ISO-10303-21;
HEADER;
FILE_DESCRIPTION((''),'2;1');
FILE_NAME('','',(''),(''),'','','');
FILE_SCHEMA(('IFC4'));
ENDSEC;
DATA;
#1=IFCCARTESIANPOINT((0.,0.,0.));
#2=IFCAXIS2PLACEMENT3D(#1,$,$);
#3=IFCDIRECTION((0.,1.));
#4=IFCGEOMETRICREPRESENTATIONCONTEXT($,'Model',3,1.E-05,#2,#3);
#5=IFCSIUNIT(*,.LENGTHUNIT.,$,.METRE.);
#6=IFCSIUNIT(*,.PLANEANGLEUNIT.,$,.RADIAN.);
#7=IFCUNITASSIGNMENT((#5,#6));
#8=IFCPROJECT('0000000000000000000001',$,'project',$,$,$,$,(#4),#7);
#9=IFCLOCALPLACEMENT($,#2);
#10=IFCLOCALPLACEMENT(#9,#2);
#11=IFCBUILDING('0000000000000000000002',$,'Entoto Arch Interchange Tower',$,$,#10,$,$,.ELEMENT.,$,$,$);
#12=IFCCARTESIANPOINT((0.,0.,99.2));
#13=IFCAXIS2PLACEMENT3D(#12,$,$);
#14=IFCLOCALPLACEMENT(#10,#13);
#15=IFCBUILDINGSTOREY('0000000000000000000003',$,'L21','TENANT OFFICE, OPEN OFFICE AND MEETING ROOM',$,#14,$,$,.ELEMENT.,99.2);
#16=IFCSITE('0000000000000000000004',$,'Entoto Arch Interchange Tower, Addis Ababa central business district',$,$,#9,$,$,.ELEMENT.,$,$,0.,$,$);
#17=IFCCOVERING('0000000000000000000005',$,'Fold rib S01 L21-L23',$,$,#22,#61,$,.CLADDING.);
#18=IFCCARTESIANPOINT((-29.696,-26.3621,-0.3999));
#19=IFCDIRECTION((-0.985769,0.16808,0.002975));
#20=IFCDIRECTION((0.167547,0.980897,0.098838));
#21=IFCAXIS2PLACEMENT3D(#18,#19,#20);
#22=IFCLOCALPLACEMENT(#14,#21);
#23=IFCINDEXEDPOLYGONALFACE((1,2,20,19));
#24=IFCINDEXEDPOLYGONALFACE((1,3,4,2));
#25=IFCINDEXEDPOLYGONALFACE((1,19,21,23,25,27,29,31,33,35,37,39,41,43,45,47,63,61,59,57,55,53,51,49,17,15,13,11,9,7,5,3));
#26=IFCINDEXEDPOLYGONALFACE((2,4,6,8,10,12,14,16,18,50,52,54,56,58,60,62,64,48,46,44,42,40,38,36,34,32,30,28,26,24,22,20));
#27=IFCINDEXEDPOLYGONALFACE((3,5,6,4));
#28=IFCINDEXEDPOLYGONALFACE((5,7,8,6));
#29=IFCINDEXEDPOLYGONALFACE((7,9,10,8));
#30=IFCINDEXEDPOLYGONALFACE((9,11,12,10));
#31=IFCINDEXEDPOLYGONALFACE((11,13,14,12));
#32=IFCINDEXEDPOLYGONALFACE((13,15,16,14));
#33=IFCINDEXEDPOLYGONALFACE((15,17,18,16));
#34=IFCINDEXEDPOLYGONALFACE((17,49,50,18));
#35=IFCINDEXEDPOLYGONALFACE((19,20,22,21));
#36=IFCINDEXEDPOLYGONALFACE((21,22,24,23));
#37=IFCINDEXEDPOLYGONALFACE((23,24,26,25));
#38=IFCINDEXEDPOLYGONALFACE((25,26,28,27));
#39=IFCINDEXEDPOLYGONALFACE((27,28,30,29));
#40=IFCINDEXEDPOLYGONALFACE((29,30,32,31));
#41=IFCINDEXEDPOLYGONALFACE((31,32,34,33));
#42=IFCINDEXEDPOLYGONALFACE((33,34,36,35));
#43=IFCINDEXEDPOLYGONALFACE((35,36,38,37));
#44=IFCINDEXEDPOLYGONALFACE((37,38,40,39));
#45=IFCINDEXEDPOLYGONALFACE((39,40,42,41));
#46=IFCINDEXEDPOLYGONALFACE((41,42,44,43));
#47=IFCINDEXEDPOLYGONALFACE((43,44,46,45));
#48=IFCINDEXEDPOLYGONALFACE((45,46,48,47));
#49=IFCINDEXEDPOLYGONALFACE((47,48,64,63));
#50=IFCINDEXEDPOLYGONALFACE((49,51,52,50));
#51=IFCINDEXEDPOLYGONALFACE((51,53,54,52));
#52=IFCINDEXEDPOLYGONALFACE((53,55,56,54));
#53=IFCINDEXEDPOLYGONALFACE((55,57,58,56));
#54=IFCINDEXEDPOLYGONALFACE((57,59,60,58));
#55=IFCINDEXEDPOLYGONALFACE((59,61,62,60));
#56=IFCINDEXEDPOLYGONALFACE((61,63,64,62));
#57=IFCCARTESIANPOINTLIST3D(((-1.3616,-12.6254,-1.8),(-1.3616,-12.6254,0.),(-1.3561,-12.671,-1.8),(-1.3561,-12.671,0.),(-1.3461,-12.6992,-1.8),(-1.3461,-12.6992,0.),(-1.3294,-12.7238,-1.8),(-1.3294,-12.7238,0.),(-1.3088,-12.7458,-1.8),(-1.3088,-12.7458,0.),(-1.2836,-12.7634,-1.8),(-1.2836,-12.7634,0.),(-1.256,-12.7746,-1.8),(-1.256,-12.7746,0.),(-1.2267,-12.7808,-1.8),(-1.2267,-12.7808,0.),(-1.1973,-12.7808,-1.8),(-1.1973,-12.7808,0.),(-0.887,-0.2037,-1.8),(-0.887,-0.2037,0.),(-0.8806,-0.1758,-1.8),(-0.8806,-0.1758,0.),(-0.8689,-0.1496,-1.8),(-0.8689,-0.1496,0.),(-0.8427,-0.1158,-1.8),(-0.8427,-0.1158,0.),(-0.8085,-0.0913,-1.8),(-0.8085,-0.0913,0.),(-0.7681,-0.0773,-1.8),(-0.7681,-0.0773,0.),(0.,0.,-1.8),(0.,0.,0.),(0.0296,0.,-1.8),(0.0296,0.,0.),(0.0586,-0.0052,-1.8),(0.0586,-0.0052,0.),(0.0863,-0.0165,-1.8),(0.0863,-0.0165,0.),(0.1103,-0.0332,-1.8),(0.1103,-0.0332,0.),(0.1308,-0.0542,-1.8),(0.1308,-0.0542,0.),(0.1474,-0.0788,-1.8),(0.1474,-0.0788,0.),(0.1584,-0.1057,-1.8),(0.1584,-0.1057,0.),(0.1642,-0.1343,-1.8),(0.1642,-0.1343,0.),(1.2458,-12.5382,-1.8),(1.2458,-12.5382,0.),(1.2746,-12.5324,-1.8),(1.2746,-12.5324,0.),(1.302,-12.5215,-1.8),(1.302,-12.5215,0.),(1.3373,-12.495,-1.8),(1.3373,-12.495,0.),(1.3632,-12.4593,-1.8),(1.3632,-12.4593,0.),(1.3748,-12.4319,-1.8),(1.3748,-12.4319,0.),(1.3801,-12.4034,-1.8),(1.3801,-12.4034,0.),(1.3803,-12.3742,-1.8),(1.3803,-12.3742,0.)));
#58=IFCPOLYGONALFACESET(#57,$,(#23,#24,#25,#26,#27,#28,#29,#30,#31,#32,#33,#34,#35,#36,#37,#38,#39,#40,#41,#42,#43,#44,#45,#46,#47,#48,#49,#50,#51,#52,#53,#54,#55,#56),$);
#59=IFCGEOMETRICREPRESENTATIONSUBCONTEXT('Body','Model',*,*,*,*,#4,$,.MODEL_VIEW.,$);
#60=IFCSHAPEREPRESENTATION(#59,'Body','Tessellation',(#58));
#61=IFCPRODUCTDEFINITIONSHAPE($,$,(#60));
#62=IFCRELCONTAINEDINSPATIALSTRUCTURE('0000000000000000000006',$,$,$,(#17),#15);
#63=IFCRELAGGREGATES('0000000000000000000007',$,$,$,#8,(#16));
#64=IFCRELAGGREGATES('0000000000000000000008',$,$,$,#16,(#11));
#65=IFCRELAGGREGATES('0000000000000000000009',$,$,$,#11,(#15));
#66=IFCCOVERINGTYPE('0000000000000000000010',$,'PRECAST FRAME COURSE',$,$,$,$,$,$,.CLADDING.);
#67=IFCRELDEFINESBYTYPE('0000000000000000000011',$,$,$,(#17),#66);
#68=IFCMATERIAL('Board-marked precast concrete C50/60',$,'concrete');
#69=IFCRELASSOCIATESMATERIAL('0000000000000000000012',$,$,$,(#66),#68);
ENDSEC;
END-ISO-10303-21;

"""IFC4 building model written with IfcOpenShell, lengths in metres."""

from ifc_helpers import new_model, si_unit, direction, frame, origin, place, context, subcontext, project, spatial, polyline, outline, extrude, material, type_object, element, save


model = new_model("IFC4")

# Units and contexts
model_context = context("Model", 3, precision=1e-05, world=origin(), true_north=direction((0.0, 1.0)))
body_context = subcontext(model_context, "Body", "Model", "MODEL_VIEW")
ifc_project = project(units=[si_unit("LENGTHUNIT", "METRE"), si_unit("PLANEANGLEUNIT", "RADIAN")], contexts=[model_context])

# Site, building, storey
site_placement = place(None, origin())
site = spatial("IfcSite", under=ifc_project, at=site_placement, Name="Entoto Arch Interchange Tower, Addis Ababa central business district", CompositionType="ELEMENT", RefElevation=0.0)
building_placement = place(site_placement, origin())
building = spatial("IfcBuilding", under=site, at=building_placement, Name="Entoto Arch Interchange Tower", CompositionType="ELEMENT")
storey_placement = place(building_placement, frame((0.0, 0.0, 99.2)))
storey = spatial("IfcBuildingStorey", under=building, at=storey_placement, Name="L21", Description="TENANT OFFICE, OPEN OFFICE AND MEETING ROOM", CompositionType="ELEMENT", Elevation=99.2)

# Covering
ifc_material_1 = material(Name="Board-marked precast concrete C50/60", Category="concrete")
covering_type = type_object("IfcCoveringType", Name="PRECAST FRAME COURSE", PredefinedType="CLADDING", material=ifc_material_1)
covering_1_placement = place(storey_placement, frame((-29.696, -26.3621, -0.3999), z_axis=(-0.985769, 0.16808, 0.002975), x_axis=(0.167547, 0.980897, 0.098838)))
element("IfcCovering", 1, at=covering_1_placement, inside=storey, type_object=covering_type, Name="Fold rib S01 L21-L23", PredefinedType="CLADDING", context=body_context, shape_type="SweptSolid", body=[
    extrude(outline(polyline([(0.0, 0.0), (0.0296, 0.0), (0.0586, -0.0052), (0.0863, -0.0165), (0.1103, -0.0332), (0.1308, -0.0542), (0.1474, -0.0788), (0.1584, -0.1057), (0.1642, -0.1343), (1.3803, -12.3742), (1.3801, -12.4034), (1.3748, -12.4319), (1.3632, -12.4593), (1.3373, -12.495), (1.302, -12.5215), (1.2746, -12.5324), (1.2458, -12.5382), (-1.1973, -12.7808), (-1.2267, -12.7808), (-1.256, -12.7746), (-1.2836, -12.7634), (-1.3088, -12.7458), (-1.3294, -12.7238), (-1.3461, -12.6992), (-1.3561, -12.671), (-1.3616, -12.6254), (-0.887, -0.2037), (-0.8806, -0.1758), (-0.8689, -0.1496), (-0.8427, -0.1158), (-0.8085, -0.0913), (-0.7681, -0.0773), (0.0, 0.0)])), origin(), (0.0, 0.0, -1.0), 1.8),
])

save(model, "model.ifc")
